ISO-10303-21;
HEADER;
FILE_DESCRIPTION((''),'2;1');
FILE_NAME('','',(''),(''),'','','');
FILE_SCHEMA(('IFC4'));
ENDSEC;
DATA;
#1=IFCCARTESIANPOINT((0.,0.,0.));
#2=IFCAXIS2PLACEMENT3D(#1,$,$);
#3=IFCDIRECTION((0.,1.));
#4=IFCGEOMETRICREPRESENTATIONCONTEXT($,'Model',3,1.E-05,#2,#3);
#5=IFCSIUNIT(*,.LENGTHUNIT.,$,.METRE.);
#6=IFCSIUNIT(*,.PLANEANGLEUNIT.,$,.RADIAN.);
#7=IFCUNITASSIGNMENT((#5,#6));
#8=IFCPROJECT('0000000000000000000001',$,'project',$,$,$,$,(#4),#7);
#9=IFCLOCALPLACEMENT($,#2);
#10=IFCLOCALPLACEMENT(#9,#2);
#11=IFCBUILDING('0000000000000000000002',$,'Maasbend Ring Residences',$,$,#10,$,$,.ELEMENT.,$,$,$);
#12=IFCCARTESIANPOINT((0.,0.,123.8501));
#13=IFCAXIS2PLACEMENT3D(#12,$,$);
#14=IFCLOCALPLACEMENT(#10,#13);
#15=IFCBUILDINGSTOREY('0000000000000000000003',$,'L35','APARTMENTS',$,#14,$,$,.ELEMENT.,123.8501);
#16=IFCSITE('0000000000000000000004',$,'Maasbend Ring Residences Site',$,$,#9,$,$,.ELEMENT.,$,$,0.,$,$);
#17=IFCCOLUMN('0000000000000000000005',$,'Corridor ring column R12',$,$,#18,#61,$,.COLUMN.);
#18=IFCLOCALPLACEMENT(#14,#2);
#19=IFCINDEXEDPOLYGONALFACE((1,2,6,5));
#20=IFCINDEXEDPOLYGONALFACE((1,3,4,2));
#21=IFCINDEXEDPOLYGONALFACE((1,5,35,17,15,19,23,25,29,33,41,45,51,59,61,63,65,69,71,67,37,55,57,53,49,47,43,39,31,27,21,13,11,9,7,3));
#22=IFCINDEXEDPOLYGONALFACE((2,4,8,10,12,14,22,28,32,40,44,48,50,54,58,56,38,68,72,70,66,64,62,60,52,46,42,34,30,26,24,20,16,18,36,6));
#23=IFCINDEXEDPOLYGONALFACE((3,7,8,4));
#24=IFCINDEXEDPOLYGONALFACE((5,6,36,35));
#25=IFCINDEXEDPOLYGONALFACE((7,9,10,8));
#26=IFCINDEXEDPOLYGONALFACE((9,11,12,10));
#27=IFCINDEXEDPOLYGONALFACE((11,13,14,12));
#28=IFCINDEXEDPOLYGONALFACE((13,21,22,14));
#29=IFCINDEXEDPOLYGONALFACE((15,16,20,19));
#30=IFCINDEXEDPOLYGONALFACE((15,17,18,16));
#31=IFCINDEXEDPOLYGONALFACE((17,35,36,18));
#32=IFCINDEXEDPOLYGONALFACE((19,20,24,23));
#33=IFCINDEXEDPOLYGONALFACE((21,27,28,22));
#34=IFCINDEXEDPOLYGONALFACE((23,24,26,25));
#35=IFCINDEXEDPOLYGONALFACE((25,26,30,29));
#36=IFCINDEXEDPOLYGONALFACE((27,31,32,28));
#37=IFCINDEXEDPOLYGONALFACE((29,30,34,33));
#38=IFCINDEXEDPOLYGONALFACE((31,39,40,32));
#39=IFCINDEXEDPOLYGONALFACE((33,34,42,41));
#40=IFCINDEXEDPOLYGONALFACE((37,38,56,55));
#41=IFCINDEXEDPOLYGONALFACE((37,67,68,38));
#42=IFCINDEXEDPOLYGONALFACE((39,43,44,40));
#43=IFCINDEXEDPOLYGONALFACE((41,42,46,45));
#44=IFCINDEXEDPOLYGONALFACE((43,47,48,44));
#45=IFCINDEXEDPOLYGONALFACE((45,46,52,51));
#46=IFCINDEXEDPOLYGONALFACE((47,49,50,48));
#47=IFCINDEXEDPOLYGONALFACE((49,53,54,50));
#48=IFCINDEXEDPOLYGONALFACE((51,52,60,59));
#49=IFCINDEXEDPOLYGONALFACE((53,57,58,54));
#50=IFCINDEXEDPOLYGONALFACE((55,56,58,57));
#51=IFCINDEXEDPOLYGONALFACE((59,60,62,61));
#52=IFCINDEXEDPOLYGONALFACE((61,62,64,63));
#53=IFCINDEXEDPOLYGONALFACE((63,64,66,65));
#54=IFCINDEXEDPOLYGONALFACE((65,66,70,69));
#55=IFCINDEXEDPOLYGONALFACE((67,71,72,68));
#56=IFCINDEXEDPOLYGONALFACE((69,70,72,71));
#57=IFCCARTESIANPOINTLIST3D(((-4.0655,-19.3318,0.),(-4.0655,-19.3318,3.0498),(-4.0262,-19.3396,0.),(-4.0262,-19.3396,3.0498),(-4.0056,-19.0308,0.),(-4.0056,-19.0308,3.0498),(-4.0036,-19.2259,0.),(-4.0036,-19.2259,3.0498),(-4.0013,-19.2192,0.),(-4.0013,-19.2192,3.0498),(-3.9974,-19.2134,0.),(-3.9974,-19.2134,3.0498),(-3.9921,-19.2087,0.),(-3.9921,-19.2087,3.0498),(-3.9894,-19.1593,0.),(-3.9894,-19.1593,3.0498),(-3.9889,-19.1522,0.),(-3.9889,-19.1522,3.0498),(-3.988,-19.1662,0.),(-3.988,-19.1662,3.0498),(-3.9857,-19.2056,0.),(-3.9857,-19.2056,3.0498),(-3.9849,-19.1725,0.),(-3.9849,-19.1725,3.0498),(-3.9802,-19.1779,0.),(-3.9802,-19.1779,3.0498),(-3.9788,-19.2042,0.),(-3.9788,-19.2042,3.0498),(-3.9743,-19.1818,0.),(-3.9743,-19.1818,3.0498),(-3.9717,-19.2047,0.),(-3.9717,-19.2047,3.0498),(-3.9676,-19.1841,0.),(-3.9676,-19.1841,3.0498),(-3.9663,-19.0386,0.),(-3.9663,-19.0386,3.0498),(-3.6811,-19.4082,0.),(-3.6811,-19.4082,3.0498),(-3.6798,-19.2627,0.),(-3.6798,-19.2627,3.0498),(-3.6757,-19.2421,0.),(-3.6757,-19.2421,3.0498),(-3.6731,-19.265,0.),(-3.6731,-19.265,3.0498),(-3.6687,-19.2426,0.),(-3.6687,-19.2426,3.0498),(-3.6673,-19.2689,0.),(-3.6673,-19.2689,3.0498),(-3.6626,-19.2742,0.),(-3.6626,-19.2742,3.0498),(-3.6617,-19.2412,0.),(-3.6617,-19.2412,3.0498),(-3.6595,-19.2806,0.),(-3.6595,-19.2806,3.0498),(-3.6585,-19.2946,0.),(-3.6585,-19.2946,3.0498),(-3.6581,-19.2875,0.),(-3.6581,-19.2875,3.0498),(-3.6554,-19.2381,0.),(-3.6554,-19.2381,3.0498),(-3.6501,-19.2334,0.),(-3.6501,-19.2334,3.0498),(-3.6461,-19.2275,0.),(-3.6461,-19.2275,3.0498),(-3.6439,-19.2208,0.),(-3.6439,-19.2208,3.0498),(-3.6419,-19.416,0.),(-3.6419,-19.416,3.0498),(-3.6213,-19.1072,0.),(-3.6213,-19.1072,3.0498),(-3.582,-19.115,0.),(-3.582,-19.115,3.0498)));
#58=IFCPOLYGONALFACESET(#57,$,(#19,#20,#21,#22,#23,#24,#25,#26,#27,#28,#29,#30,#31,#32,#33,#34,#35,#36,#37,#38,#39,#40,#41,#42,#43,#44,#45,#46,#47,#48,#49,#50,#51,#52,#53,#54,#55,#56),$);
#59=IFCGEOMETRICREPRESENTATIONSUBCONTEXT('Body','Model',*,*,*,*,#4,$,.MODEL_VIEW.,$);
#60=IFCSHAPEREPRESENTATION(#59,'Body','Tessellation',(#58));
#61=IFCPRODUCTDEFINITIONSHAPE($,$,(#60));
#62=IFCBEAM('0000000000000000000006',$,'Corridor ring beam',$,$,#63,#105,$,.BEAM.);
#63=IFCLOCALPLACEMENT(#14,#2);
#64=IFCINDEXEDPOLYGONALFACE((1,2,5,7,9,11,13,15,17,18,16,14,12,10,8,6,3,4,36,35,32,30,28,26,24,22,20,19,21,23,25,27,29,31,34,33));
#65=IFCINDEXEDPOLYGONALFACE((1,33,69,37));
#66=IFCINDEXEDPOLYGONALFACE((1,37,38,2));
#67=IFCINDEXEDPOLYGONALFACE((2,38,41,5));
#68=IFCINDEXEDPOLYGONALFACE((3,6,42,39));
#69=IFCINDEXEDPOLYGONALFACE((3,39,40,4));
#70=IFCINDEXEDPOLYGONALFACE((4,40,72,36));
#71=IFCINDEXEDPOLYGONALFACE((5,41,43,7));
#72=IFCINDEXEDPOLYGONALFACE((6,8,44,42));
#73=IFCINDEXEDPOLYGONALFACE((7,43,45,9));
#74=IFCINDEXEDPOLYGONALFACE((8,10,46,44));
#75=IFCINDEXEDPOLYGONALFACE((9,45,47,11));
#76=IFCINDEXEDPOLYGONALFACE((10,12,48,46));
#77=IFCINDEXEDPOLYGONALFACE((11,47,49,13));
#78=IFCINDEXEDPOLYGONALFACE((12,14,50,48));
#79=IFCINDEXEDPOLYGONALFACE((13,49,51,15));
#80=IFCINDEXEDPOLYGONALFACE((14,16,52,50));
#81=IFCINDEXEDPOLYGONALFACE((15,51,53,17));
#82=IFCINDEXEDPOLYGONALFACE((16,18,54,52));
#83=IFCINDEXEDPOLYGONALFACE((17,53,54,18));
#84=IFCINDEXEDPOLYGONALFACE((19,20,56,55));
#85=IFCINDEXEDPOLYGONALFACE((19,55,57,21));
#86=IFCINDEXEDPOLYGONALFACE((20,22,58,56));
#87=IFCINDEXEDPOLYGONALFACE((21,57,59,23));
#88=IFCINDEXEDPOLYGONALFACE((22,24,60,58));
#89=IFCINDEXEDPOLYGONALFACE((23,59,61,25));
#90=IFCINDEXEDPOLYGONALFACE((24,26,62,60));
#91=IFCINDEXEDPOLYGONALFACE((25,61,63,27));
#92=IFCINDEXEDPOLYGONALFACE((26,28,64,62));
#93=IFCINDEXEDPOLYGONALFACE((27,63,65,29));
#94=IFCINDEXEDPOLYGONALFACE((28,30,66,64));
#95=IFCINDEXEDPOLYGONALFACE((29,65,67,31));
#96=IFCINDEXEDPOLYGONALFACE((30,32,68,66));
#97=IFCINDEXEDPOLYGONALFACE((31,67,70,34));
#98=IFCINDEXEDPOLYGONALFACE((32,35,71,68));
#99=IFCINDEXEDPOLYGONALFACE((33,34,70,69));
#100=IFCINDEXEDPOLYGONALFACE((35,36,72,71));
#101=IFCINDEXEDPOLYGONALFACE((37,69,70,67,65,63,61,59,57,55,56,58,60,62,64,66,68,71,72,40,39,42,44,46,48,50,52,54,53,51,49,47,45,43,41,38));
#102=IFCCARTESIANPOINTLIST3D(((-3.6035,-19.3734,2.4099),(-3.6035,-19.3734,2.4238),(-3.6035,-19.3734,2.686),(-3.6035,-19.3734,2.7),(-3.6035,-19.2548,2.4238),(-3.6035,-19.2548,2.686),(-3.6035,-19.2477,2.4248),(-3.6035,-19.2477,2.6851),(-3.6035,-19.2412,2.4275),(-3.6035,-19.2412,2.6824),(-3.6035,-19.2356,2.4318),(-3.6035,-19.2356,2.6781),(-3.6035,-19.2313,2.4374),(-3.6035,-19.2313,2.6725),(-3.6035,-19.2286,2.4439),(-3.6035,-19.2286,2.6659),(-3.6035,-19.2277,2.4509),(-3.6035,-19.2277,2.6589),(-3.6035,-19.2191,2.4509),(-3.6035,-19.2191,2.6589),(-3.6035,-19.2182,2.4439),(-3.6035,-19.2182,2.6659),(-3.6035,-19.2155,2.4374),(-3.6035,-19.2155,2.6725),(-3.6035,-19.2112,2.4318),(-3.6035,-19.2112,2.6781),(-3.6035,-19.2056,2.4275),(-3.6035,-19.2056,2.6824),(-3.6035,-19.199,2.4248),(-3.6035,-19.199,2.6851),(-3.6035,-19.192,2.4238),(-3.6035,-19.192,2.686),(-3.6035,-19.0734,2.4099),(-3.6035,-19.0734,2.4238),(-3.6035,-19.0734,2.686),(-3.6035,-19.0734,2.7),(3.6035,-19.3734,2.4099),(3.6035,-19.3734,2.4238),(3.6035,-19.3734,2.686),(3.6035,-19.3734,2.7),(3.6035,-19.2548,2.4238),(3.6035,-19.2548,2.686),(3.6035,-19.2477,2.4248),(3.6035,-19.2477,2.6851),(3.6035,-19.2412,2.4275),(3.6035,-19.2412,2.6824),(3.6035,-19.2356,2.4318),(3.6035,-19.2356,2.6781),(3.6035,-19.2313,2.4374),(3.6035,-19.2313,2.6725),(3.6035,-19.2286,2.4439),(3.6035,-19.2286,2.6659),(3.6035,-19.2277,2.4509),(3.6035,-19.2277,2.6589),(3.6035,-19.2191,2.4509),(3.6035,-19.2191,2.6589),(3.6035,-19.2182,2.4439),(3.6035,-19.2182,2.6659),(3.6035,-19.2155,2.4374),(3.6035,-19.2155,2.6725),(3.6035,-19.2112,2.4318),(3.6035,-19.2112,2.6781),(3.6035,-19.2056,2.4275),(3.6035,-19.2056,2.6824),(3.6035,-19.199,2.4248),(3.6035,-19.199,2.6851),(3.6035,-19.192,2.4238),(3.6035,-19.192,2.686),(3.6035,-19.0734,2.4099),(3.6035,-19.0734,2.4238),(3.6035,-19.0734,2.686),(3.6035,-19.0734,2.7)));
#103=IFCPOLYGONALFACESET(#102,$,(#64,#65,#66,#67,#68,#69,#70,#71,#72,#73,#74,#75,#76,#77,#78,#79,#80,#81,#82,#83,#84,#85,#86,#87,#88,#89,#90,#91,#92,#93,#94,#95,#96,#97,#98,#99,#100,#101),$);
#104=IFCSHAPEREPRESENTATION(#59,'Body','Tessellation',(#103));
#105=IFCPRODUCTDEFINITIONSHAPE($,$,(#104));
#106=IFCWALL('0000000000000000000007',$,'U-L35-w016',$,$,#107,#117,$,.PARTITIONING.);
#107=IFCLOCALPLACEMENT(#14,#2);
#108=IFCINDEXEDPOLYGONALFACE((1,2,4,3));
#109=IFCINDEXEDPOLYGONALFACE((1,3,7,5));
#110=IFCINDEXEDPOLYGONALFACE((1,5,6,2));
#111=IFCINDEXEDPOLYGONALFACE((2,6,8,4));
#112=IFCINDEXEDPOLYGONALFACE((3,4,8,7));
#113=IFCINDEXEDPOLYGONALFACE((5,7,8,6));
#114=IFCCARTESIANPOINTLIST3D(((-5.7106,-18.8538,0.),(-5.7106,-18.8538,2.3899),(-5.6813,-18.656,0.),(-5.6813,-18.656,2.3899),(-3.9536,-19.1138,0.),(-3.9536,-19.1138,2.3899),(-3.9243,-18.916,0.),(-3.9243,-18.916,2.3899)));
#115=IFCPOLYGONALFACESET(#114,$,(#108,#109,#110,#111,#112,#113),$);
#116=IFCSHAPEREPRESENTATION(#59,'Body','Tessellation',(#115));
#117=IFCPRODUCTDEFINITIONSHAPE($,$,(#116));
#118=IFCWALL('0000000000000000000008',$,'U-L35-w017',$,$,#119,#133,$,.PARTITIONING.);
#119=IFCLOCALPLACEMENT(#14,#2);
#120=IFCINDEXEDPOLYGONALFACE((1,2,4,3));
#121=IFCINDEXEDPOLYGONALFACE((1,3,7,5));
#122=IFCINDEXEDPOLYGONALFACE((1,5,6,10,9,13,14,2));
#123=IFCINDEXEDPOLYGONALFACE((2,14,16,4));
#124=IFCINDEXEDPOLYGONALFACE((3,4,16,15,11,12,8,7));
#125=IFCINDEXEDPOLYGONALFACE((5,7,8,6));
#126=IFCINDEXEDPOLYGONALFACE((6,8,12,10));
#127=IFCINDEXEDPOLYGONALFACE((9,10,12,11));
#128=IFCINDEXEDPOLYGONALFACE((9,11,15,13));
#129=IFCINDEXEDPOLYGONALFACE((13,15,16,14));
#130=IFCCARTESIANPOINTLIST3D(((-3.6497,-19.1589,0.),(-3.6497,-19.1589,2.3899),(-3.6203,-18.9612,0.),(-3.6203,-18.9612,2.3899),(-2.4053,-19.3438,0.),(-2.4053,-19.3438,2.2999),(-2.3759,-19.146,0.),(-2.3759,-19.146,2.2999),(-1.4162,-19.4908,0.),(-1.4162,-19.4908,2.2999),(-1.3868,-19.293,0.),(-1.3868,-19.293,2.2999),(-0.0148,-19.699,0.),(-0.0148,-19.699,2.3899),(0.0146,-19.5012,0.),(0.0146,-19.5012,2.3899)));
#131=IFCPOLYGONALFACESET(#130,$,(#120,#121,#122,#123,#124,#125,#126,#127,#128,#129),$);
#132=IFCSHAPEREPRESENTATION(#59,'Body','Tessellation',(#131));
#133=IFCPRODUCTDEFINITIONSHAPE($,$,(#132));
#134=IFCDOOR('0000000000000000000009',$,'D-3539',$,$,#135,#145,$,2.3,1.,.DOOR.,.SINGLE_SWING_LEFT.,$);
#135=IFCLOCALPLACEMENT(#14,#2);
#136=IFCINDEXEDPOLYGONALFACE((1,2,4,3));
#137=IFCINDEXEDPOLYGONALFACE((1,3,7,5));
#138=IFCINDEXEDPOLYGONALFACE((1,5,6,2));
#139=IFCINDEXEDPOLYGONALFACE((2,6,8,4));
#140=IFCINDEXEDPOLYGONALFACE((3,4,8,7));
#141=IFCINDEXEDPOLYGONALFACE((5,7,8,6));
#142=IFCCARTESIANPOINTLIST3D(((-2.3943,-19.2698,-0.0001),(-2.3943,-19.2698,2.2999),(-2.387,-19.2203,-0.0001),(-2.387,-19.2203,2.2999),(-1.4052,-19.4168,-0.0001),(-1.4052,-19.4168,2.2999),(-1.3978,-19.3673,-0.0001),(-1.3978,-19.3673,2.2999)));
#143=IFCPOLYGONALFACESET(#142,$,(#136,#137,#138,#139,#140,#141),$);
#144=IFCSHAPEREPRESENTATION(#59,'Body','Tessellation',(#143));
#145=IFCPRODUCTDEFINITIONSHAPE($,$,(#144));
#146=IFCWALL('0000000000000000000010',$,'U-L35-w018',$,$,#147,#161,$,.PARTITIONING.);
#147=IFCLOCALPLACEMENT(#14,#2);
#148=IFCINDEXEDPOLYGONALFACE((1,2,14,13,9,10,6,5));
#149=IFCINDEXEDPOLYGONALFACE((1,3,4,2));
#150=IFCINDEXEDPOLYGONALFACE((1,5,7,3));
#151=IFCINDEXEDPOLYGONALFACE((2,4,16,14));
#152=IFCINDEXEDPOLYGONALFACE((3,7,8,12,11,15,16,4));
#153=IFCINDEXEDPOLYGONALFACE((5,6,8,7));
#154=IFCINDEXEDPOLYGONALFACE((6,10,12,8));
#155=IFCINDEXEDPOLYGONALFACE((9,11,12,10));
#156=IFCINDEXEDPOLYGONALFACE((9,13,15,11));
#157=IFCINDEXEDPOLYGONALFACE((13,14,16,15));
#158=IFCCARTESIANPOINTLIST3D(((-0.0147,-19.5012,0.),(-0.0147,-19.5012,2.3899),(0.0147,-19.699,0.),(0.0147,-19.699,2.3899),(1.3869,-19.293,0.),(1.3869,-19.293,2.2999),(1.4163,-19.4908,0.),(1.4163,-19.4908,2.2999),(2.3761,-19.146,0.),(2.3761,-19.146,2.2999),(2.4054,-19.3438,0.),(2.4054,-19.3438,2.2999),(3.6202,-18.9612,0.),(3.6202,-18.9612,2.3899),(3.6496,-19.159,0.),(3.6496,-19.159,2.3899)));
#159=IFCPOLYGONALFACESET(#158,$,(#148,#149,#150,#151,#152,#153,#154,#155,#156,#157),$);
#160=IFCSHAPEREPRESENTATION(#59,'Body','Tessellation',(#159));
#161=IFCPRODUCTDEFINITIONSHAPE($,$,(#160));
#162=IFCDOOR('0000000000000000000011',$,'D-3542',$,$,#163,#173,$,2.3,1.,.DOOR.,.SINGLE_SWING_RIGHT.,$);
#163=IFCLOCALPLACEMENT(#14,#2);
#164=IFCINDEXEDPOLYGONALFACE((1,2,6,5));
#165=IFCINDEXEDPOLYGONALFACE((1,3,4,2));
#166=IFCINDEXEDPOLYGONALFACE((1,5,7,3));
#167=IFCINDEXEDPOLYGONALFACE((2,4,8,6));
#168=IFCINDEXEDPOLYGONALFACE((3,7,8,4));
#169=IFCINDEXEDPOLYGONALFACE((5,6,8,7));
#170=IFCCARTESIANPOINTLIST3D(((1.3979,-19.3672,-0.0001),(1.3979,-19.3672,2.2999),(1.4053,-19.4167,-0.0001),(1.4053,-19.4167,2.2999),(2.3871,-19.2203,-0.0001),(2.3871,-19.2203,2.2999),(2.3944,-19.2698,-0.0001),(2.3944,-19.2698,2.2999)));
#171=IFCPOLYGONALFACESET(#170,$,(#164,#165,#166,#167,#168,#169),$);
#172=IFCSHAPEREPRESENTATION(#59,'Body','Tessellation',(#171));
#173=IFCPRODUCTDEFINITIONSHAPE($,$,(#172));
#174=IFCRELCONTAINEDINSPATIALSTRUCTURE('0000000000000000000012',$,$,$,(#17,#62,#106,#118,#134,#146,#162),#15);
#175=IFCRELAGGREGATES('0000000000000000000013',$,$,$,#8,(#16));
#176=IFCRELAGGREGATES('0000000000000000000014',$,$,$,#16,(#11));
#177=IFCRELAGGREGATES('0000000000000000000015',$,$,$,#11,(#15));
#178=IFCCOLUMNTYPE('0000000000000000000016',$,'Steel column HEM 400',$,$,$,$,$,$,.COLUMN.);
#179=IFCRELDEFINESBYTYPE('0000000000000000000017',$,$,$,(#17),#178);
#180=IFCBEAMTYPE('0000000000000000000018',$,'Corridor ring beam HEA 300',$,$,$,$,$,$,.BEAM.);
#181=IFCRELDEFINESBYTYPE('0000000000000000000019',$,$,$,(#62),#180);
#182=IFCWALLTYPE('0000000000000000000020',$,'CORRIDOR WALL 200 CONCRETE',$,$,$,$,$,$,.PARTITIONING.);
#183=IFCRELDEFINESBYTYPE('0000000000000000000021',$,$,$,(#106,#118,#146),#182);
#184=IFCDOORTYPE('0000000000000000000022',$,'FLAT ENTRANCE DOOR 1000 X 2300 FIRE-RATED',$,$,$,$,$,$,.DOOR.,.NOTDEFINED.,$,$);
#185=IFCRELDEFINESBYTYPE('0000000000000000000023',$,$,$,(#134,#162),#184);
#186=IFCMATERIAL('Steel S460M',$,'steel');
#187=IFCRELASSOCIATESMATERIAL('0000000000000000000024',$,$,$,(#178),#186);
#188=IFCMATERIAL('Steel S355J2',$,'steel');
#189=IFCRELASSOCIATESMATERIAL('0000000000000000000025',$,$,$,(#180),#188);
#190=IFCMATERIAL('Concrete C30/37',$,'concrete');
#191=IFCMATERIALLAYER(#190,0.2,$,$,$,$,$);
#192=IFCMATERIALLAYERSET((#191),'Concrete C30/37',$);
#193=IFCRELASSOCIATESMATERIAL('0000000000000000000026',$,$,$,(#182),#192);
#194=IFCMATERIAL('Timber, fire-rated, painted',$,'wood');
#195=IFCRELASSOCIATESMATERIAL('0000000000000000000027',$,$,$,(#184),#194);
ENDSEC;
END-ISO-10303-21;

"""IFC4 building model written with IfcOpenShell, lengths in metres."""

from ifc_helpers import new_model, si_unit, direction, frame, frame_2d, origin, origin_2d, place, context, subcontext, project, spatial, rectangle, i_section, extrude, material, layer, layer_set, material_profile, profile_set, type_object, element, fill, save


model = new_model("IFC4")

# Units and contexts
model_context = context("Model", 3, precision=1e-05, world=origin(), true_north=direction((0.0, 1.0)))
body_context = subcontext(model_context, "Body", "Model", "MODEL_VIEW")
ifc_project = project(units=[si_unit("LENGTHUNIT", "METRE"), si_unit("PLANEANGLEUNIT", "RADIAN")], contexts=[model_context])

# Site, building, storey
site_placement = place(None, origin())
site = spatial("IfcSite", under=ifc_project, at=site_placement, Name="Maasbend Ring Residences Site", CompositionType="ELEMENT", RefElevation=0.0)
building_placement = place(site_placement, origin())
building = spatial("IfcBuilding", under=site, at=building_placement, Name="Maasbend Ring Residences", CompositionType="ELEMENT")
storey_placement = place(building_placement, frame((0.0, 0.0, 123.8501)))
storey = spatial("IfcBuildingStorey", under=building, at=storey_placement, Name="L35", Description="APARTMENTS", CompositionType="ELEMENT", Elevation=123.8501)

# Column
ifc_material_1 = material(Name="Steel S460M", Category="steel")
ifc_material_profile_1 = material_profile(ifc_material_1, i_section(OverallWidth=0.3069, OverallDepth=0.4319, WebThickness=0.021, FlangeThickness=0.04, FilletRadius=0.0271, at=origin_2d()), Name="HEM 400")
ifc_profile_set_1 = profile_set([ifc_material_profile_1], Name="Steel S460M")
column_type = type_object("IfcColumnType", Name="Steel column HEM 400", PredefinedType="COLUMN", material=ifc_profile_set_1)
column_placement = place(storey_placement, frame((-3.8237, -19.2234, 0.0), z_axis=(0.0, 0.0, 1.0), x_axis=(-0.19509, -0.980785, 0.0)))
element("IfcColumn", 1, at=column_placement, inside=storey, type_object=column_type, Name="Corridor ring column R12", PredefinedType="COLUMN", context=body_context, shape_type="SweptSolid", body=[
    extrude(i_section(OverallWidth=0.3069, OverallDepth=0.4319, WebThickness=0.021, FlangeThickness=0.04, FilletRadius=0.0271, at=origin_2d()), origin(), (0.0, 0.0, 1.0), 3.0498),
])

# Beam
ifc_material_2 = material(Name="Steel S355J2", Category="steel")
ifc_material_profile_2 = material_profile(ifc_material_2, i_section(OverallWidth=0.3, OverallDepth=0.29, WebThickness=0.0085, FlangeThickness=0.0139, FilletRadius=0.0271, at=origin_2d()), Name="HEA 300")
ifc_profile_set_2 = profile_set([ifc_material_profile_2], Name="Steel S355J2")
beam_type = type_object("IfcBeamType", Name="Corridor ring beam HEA 300", PredefinedType="BEAM", material=ifc_profile_set_2)
beam_placement = place(storey_placement, frame((-3.6035, -19.2234, 2.5549), z_axis=(1.0, 0.0, 0.0), x_axis=(0.0, 1.0, 0.0)))
element("IfcBeam", 2, at=beam_placement, inside=storey, type_object=beam_type, Name="Corridor ring beam", PredefinedType="BEAM", context=body_context, shape_type="SweptSolid", body=[
    extrude(i_section(OverallWidth=0.3, OverallDepth=0.29, WebThickness=0.0085, FlangeThickness=0.0139, FilletRadius=0.0271, at=origin_2d()), origin(), (0.0, 0.0, 1.0), 7.207),
])

# Wall
ifc_material_3 = material(Name="Concrete C30/37", Category="concrete")
ifc_layer_1 = layer(ifc_material_3, 0.2)
ifc_layer_set_1 = layer_set([ifc_layer_1], Name="Concrete C30/37")
wall_type_1 = type_object("IfcWallType", Name="CORRIDOR WALL 200 CONCRETE", PredefinedType="PARTITIONING", material=ifc_layer_set_1)
wall_1_placement = place(storey_placement, frame((-5.696, -18.7549, 0.0), z_axis=(0.0, 0.0, 1.0), x_axis=(0.989228, -0.146384, 0.0)))
element("IfcWall", 3, at=wall_1_placement, inside=storey, type_object=wall_type_1, Name="U-L35-w016", PredefinedType="PARTITIONING", context=body_context, shape_type="SweptSolid", body=[
    extrude(rectangle(XDim=1.7761, YDim=0.2, at=frame_2d((0.8882, 0.0))), origin(), (0.0, 0.0, 1.0), 2.3899),
])

# Walls, openings, doors
wall_2_placement = place(storey_placement, frame((-3.635, -19.0601, 0.0), z_axis=(0.0, 0.0, 1.0), x_axis=(0.989143, -0.146953, 0.0)))
wall_2 = element("IfcWall", 4, at=wall_2_placement, inside=storey, type_object=wall_type_1, Name="U-L35-w017", PredefinedType="PARTITIONING", context=body_context, shape_type="SweptSolid", body=[
    extrude(rectangle(XDim=3.6748, YDim=0.2, at=frame_2d((1.8374, 0.0))), origin(), (0.0, 0.0, 1.0), 2.3899),
])
opening_1_placement = place(wall_2_placement, frame((1.2581, 0.0, 0.0)))
opening_1 = element("IfcOpeningElement", 5, at=opening_1_placement, cuts=wall_2, PredefinedType="OPENING", context=body_context, shape_type="SweptSolid", body=[
    extrude(rectangle(XDim=1.0, YDim=2.3, at=frame_2d((0.5, 1.1499))), frame((0.0, 0.1099, 0.0), z_axis=(0.0, -1.0, 0.0), x_axis=(1.0, 0.0, 0.0)), (0.0, 0.0, 1.0), 0.22),
])
ifc_material_4 = material(Name="Timber, fire-rated, painted", Category="wood")
door_type_1 = type_object("IfcDoorType", Name="FLAT ENTRANCE DOOR 1000 X 2300 FIRE-RATED", OperationType="NOTDEFINED", PredefinedType="DOOR", material=ifc_material_4)
door_1_placement = place(opening_1_placement, origin())
door_1 = element("IfcDoor", 6, at=door_1_placement, inside=storey, type_object=door_type_1, Name="D-3539", OperationType="SINGLE_SWING_LEFT", OverallHeight=2.3, OverallWidth=1.0, PredefinedType="DOOR", context=body_context, shape_type="SweptSolid", body=[
    extrude(rectangle(XDim=1.0, YDim=2.3, at=frame_2d((0.5, 1.1499))), frame((0.0, 0.0249, 0.0), z_axis=(0.0, -1.0, 0.0), x_axis=(1.0, 0.0, 0.0)), (0.0, 0.0, 1.0), 0.05),
])
fill(opening_1, door_1)
wall_3_placement = place(storey_placement, frame((0.0, -19.6001, 0.0), z_axis=(0.0, 0.0, 1.0), x_axis=(0.989143, 0.146953, 0.0)))
wall_3 = element("IfcWall", 7, at=wall_3_placement, inside=storey, type_object=wall_type_1, Name="U-L35-w018", PredefinedType="PARTITIONING", context=body_context, shape_type="SweptSolid", body=[
    extrude(rectangle(XDim=3.6748, YDim=0.2, at=frame_2d((1.8374, 0.0))), origin(), (0.0, 0.0, 1.0), 2.3899),
])
opening_2_placement = place(wall_3_placement, frame((1.417, 0.0, 0.0)))
opening_2 = element("IfcOpeningElement", 8, at=opening_2_placement, cuts=wall_3, PredefinedType="OPENING", context=body_context, shape_type="SweptSolid", body=[
    extrude(rectangle(XDim=1.0, YDim=2.3, at=frame_2d((0.5, 1.1499))), frame((0.0, 0.1099, 0.0), z_axis=(0.0, -1.0, 0.0), x_axis=(1.0, 0.0, 0.0)), (0.0, 0.0, 1.0), 0.22),
])
door_2_placement = place(opening_2_placement, origin())
door_2 = element("IfcDoor", 9, at=door_2_placement, inside=storey, type_object=door_type_1, Name="D-3542", OperationType="SINGLE_SWING_RIGHT", OverallHeight=2.3, OverallWidth=1.0, PredefinedType="DOOR", context=body_context, shape_type="SweptSolid", body=[
    extrude(rectangle(XDim=1.0, YDim=2.3, at=frame_2d((0.5, 1.1499))), frame((0.0, 0.0249, 0.0), z_axis=(0.0, -1.0, 0.0), x_axis=(1.0, 0.0, 0.0)), (0.0, 0.0, 1.0), 0.05),
])
fill(opening_2, door_2)

save(model, "model.ifc")
